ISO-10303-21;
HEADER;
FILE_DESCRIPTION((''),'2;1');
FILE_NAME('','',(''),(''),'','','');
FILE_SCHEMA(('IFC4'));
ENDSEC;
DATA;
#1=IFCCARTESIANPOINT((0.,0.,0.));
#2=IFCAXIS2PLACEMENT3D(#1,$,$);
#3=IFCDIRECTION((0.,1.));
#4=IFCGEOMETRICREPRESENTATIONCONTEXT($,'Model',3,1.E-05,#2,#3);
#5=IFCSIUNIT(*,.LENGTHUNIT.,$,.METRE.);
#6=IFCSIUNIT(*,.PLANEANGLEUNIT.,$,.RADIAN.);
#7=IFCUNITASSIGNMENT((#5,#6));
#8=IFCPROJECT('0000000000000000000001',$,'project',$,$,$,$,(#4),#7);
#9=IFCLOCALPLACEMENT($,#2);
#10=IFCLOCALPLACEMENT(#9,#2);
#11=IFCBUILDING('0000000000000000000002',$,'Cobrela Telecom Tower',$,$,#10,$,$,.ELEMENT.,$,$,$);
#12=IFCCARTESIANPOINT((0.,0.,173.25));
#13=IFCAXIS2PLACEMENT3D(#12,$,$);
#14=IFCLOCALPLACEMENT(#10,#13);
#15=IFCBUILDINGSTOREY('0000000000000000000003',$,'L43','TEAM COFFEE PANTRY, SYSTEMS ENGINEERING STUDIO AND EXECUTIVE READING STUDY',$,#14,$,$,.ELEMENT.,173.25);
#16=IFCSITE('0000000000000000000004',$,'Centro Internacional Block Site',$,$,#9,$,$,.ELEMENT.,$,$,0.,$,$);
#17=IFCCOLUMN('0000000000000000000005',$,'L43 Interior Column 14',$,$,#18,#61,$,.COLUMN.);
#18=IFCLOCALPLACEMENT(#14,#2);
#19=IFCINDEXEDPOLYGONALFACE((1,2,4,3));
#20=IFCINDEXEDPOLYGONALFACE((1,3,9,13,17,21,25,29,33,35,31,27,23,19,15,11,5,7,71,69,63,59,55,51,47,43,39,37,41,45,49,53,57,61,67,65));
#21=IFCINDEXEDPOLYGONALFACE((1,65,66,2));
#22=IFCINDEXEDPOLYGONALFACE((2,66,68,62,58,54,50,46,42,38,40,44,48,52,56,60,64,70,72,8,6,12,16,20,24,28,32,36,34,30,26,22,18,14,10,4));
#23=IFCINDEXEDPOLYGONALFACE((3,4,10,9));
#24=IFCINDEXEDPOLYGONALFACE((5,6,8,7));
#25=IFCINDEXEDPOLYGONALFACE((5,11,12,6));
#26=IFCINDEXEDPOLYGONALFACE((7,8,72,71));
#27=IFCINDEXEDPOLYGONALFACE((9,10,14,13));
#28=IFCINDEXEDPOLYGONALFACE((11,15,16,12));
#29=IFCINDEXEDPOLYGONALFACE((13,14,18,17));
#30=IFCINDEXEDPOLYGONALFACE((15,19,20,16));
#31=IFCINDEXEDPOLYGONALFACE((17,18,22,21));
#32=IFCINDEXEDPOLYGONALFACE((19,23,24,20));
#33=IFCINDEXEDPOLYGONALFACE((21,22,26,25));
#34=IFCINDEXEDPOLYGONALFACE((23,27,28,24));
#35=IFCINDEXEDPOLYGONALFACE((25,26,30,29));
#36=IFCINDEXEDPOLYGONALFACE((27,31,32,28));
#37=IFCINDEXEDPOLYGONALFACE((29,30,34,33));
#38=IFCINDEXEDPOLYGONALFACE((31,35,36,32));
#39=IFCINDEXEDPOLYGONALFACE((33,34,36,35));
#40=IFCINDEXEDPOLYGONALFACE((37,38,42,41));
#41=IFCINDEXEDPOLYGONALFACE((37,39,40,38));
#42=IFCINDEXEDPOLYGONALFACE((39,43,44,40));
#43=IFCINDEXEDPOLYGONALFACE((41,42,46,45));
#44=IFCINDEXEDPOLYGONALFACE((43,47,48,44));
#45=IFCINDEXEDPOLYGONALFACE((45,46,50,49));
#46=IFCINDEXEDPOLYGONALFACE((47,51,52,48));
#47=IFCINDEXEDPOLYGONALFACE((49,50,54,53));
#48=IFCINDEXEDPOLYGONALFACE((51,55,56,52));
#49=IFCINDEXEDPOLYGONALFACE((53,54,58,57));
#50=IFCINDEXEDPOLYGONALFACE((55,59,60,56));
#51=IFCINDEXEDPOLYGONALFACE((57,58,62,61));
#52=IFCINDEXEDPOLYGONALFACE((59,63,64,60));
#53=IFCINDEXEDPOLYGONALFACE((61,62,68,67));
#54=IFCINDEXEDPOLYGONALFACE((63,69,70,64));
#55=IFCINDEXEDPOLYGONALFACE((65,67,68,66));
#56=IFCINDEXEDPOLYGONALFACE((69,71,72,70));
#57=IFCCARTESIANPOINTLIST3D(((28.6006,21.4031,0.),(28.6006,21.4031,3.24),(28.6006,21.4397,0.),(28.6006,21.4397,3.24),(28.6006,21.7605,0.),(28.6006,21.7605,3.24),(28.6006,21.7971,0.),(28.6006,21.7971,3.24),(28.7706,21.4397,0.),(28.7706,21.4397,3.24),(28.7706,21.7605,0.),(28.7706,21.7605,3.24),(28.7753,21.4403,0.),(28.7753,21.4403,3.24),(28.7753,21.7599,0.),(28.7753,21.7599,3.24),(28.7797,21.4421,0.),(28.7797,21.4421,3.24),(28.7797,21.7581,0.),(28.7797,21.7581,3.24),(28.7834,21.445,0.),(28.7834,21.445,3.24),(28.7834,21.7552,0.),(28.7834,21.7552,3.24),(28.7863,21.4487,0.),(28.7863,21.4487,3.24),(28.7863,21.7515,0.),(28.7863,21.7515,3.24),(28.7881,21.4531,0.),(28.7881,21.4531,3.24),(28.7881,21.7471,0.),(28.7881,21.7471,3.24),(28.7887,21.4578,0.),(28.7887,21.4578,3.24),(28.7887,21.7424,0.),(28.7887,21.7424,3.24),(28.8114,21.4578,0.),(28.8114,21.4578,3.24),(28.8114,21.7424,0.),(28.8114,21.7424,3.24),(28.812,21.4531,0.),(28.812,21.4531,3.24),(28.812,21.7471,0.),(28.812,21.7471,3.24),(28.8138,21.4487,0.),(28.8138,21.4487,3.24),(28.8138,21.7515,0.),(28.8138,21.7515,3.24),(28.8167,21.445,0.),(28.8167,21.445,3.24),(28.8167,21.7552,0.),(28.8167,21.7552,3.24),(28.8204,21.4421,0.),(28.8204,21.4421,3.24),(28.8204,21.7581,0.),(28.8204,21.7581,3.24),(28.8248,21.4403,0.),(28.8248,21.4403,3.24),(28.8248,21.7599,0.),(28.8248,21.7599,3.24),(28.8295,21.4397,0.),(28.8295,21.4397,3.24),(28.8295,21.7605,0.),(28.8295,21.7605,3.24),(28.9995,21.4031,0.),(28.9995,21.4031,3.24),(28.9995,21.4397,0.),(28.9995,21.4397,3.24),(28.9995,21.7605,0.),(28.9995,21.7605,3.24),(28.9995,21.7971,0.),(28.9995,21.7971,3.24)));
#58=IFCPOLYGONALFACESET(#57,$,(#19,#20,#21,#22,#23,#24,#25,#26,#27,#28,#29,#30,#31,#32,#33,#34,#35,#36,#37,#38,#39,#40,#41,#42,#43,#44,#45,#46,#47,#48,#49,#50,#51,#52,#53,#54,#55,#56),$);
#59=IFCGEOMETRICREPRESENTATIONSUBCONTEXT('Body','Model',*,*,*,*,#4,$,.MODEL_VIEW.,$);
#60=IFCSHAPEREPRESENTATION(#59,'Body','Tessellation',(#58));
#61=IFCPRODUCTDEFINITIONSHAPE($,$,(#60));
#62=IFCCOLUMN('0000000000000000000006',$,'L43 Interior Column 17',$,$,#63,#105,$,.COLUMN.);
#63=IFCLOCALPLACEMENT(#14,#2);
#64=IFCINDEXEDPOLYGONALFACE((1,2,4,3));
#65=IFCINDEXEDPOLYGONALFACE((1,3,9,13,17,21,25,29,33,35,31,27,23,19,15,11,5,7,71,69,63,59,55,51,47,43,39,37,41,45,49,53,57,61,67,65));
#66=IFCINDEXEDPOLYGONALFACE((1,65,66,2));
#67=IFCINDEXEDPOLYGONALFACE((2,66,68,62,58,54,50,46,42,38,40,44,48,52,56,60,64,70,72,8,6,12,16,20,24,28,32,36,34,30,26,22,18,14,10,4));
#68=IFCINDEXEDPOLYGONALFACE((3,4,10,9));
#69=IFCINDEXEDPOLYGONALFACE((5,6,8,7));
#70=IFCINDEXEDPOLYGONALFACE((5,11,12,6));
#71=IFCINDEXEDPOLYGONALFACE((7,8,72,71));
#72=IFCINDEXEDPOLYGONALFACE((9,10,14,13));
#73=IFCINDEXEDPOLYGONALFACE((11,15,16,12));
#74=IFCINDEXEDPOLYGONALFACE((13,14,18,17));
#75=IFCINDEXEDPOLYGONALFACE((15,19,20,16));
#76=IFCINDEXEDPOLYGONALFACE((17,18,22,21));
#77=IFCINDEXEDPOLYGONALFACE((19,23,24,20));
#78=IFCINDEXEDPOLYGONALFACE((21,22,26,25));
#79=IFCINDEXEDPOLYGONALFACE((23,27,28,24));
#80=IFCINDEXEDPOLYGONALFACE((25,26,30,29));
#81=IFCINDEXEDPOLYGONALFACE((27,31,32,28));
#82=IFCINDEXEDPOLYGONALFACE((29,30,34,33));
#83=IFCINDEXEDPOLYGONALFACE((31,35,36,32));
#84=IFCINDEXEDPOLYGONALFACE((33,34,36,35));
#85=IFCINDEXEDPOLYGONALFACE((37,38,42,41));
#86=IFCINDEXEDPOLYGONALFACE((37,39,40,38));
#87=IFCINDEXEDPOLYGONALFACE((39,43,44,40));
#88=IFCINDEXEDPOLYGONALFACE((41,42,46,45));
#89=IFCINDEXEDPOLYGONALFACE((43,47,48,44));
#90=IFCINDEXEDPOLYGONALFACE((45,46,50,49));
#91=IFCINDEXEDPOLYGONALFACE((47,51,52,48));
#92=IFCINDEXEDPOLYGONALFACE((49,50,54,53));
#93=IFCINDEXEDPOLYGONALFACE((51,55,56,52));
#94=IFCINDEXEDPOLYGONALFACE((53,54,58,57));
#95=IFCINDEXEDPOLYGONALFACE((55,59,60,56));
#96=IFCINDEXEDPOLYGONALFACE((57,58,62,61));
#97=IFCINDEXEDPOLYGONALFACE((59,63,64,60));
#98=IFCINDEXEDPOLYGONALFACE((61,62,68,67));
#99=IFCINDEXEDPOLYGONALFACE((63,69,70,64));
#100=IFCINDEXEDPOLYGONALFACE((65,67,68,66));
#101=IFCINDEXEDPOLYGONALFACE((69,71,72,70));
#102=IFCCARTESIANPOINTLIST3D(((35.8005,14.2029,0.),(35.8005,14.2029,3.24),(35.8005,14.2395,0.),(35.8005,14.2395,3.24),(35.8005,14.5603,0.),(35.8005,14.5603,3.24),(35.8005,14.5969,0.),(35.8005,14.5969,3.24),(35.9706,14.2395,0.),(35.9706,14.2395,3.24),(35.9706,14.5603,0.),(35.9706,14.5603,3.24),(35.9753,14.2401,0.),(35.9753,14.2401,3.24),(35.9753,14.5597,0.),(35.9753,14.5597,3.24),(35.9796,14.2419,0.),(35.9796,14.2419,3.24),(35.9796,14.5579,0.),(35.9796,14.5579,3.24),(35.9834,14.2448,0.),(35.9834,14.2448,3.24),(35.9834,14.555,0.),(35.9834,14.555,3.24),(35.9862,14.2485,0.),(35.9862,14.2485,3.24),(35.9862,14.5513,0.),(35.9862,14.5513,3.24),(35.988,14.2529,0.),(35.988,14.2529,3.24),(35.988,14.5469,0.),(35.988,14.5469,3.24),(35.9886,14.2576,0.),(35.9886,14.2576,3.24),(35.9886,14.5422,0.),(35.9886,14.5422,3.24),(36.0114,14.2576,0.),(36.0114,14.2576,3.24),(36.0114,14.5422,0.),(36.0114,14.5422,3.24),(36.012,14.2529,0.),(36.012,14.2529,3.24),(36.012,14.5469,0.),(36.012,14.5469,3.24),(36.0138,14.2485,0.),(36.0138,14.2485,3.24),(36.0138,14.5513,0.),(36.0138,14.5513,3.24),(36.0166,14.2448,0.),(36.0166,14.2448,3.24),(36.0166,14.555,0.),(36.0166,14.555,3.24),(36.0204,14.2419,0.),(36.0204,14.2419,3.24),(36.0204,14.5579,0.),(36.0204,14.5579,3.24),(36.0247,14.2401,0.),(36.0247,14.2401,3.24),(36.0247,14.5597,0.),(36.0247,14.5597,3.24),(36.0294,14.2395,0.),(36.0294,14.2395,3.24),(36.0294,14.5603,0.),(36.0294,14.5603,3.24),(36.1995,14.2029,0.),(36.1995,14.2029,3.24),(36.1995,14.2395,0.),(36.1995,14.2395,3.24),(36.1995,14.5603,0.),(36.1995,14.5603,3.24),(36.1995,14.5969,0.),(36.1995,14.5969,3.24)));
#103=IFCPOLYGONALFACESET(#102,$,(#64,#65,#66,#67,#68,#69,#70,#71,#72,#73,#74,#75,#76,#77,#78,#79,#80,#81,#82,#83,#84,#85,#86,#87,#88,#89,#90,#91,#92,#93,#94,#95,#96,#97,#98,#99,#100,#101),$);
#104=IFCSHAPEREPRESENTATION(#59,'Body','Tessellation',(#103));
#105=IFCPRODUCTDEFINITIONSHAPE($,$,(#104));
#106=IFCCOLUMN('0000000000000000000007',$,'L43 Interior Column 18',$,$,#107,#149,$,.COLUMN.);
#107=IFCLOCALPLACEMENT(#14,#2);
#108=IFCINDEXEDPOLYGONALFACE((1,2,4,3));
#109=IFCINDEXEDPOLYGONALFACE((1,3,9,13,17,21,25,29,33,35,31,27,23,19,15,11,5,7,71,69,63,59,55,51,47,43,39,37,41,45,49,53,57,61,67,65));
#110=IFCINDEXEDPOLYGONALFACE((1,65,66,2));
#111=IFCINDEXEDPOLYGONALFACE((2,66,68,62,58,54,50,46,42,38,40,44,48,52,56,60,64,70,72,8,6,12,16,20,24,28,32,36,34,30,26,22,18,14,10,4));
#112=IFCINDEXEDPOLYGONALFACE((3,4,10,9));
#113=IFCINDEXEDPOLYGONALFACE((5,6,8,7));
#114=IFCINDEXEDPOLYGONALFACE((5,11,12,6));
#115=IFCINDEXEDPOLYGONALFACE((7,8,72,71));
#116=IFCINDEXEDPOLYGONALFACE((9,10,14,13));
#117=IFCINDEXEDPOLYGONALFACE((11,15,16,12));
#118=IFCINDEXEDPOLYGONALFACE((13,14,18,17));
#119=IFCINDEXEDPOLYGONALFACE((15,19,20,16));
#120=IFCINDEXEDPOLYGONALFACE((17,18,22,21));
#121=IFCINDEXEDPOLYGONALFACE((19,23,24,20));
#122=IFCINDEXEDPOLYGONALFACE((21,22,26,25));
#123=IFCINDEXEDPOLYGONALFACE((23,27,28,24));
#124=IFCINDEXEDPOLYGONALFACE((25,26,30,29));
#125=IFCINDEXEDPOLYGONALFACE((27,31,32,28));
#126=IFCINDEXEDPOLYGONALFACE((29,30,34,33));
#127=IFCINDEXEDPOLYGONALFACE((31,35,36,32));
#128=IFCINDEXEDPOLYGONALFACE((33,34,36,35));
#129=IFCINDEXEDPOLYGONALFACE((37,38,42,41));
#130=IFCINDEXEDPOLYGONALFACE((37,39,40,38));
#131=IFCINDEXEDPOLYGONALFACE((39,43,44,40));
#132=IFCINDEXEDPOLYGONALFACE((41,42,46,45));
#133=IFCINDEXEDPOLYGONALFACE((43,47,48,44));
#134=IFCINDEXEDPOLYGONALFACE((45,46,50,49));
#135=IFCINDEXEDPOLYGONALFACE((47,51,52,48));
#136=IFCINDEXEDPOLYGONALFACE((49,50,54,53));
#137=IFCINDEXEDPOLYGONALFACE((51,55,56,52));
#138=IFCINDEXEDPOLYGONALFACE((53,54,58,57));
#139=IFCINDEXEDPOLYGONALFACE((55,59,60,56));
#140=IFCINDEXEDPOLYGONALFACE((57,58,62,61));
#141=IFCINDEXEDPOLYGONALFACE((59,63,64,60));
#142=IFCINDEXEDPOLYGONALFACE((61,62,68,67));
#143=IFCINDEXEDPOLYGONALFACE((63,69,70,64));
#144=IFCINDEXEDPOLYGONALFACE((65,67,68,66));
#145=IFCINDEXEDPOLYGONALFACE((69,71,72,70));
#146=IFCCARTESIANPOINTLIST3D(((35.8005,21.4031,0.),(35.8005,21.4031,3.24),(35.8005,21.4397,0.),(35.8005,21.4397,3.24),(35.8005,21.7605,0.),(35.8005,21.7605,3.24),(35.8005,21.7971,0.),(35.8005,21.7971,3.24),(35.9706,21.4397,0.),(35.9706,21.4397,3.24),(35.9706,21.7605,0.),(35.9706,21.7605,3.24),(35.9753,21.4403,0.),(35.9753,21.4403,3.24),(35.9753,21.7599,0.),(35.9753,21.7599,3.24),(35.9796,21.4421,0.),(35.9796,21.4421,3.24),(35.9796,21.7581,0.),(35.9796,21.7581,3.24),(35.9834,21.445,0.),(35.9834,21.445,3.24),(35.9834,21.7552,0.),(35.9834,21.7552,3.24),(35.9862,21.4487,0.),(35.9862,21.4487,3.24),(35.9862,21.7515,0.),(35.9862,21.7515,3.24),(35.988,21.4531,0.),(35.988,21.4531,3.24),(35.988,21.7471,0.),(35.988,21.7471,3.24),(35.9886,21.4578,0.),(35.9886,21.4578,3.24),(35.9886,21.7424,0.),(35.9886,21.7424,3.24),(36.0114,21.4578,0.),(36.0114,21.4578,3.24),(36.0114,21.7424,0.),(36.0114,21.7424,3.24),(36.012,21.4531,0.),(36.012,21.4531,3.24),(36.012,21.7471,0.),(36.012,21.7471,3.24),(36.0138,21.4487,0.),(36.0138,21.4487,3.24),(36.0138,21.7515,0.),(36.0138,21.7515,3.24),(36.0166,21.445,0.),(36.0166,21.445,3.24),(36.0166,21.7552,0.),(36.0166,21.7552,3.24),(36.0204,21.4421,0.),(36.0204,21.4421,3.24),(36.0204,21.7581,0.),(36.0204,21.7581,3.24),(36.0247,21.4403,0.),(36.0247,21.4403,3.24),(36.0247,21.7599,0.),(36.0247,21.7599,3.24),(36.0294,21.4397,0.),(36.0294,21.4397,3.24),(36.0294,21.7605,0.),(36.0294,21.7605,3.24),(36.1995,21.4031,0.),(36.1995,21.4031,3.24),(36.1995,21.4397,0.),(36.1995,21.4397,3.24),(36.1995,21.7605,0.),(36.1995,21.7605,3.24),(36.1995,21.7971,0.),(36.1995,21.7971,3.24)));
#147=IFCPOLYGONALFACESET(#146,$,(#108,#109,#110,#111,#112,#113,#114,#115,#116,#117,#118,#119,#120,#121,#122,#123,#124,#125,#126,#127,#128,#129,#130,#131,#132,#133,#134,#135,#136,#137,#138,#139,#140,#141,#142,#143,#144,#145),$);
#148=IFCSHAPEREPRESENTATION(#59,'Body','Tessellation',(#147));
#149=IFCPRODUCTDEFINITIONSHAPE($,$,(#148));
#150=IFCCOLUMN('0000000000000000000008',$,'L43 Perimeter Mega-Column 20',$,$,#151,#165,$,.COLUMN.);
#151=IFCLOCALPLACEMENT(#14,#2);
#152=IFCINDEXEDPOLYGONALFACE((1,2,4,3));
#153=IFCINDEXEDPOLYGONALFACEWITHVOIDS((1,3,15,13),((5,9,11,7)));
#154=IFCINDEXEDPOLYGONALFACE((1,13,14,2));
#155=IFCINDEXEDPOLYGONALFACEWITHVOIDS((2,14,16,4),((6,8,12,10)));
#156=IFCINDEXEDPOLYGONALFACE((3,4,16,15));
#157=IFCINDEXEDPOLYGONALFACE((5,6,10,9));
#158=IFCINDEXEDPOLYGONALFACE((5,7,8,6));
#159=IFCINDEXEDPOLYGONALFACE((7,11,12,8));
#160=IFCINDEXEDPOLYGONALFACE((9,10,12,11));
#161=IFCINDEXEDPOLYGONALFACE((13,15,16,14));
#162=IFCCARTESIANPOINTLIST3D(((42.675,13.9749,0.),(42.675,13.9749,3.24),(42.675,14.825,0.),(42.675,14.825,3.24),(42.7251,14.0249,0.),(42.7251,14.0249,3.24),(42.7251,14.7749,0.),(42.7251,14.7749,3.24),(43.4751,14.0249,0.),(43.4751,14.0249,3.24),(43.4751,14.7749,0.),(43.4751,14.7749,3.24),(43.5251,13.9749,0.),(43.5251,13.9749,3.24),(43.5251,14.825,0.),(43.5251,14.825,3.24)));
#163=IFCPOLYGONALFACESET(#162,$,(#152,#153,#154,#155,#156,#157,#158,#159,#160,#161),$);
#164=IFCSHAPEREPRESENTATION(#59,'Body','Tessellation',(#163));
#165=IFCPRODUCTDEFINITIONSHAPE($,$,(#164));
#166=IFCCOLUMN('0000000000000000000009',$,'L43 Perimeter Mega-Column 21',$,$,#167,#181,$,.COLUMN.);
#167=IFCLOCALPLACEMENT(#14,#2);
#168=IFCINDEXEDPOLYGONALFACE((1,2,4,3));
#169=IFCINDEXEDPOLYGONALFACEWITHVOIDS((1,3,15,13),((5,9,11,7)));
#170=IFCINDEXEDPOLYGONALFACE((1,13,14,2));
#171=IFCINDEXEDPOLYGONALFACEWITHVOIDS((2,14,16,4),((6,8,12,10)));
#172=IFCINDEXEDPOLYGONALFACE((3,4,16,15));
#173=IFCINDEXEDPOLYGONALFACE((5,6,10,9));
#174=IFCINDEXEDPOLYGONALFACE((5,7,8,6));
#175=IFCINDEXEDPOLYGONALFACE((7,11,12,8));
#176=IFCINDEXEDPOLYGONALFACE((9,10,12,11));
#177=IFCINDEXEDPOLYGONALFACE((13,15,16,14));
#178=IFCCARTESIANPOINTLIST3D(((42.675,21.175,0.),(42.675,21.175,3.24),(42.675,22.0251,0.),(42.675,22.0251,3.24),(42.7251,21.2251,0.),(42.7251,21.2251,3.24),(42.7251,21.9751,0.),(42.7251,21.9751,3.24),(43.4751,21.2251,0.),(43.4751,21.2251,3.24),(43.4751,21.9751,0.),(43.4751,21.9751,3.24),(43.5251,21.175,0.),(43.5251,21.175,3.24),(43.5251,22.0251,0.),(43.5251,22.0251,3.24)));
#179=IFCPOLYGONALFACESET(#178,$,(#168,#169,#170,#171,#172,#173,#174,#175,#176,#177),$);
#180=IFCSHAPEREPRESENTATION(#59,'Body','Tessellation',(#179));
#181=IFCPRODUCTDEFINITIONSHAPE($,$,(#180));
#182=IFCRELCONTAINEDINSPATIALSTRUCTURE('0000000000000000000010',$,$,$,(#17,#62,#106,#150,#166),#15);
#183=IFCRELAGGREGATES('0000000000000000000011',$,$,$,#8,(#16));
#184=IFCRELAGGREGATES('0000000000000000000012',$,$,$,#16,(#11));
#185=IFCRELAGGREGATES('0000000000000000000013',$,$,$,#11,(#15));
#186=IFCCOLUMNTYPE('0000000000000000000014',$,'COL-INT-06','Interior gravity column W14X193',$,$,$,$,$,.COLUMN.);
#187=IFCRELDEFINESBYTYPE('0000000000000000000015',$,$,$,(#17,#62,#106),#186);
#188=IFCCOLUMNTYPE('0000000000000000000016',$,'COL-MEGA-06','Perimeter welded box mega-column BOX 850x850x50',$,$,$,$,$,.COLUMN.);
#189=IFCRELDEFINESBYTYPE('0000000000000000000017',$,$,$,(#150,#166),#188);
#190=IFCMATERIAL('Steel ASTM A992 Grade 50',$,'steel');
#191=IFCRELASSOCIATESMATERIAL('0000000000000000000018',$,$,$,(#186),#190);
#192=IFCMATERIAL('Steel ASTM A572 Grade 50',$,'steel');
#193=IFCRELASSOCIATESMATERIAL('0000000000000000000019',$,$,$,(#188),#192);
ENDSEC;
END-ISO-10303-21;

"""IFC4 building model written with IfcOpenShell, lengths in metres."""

from ifc_helpers import new_model, si_unit, direction, frame, origin, origin_2d, place, context, subcontext, project, spatial, hollow_rectangle, i_section, extrude, material, material_profile, profile_set, type_object, element, save


model = new_model("IFC4")

# Units and contexts
model_context = context("Model", 3, precision=1e-05, world=origin(), true_north=direction((0.0, 1.0)))
body_context = subcontext(model_context, "Body", "Model", "MODEL_VIEW")
ifc_project = project(units=[si_unit("LENGTHUNIT", "METRE"), si_unit("PLANEANGLEUNIT", "RADIAN")], contexts=[model_context])

# Site, building, storey
site_placement = place(None, origin())
site = spatial("IfcSite", under=ifc_project, at=site_placement, Name="Centro Internacional Block Site", CompositionType="ELEMENT", RefElevation=0.0)
building_placement = place(site_placement, origin())
building = spatial("IfcBuilding", under=site, at=building_placement, Name="Cobrela Telecom Tower", CompositionType="ELEMENT")
storey_placement = place(building_placement, frame((0.0, 0.0, 173.25)))
storey = spatial("IfcBuildingStorey", under=building, at=storey_placement, Name="L43", Description="TEAM COFFEE PANTRY, SYSTEMS ENGINEERING STUDIO AND EXECUTIVE READING STUDY", CompositionType="ELEMENT", Elevation=173.25)

# Columns
ifc_material_1 = material(Name="Steel ASTM A992 Grade 50", Category="steel")
ifc_material_profile_1 = material_profile(ifc_material_1, i_section(OverallWidth=0.3989, OverallDepth=0.394, WebThickness=0.0227, FlangeThickness=0.0366, FilletRadius=0.0181, at=origin_2d()), Name="W14X193")
ifc_profile_set_1 = profile_set([ifc_material_profile_1], Name="Steel ASTM A992 Grade 50")
column_type_1 = type_object("IfcColumnType", Name="COL-INT-06", Description="Interior gravity column W14X193", PredefinedType="COLUMN", material=ifc_profile_set_1)
for number, where, z_axis, x_axis, name in (
    (1, (28.8, 21.6001, 0.0), (0.0, 0.0, 1.0), (1.0, 0.0, 0.0), "L43 Interior Column 14"),
    (2, (36.0, 14.3999, 0.0), (0.0, 0.0, 1.0), (1.0, 0.0, 0.0), "L43 Interior Column 17"),
    (3, (36.0, 21.6001, 0.0), (0.0, 0.0, 1.0), (1.0, 0.0, 0.0), "L43 Interior Column 18"),
):
    element("IfcColumn", number, at=place(storey_placement, frame(where, z_axis=z_axis, x_axis=x_axis)), inside=storey, type_object=column_type_1, Name=name, PredefinedType="COLUMN", context=body_context, shape_type="SweptSolid", body=[
        extrude(i_section(OverallWidth=0.3989, OverallDepth=0.394, WebThickness=0.0227, FlangeThickness=0.0366, FilletRadius=0.0181, at=origin_2d()), origin(), (0.0, 0.0, 1.0), 3.24),
    ])
ifc_material_2 = material(Name="Steel ASTM A572 Grade 50", Category="steel")
ifc_material_profile_2 = material_profile(ifc_material_2, hollow_rectangle(XDim=0.8501, YDim=0.8501, WallThickness=0.05, at=origin_2d()), Name="BOX 850x850x50")
ifc_profile_set_2 = profile_set([ifc_material_profile_2], Name="Steel ASTM A572 Grade 50")
column_type_2 = type_object("IfcColumnType", Name="COL-MEGA-06", Description="Perimeter welded box mega-column BOX 850x850x50", PredefinedType="COLUMN", material=ifc_profile_set_2)
for number, where, z_axis, x_axis, name in (
    (4, (43.1001, 14.3999, 0.0), (0.0, 0.0, 1.0), (1.0, 0.0, 0.0), "L43 Perimeter Mega-Column 20"),
    (5, (43.1001, 21.6001, 0.0), (0.0, 0.0, 1.0), (1.0, 0.0, 0.0), "L43 Perimeter Mega-Column 21"),
):
    element("IfcColumn", number, at=place(storey_placement, frame(where, z_axis=z_axis, x_axis=x_axis)), inside=storey, type_object=column_type_2, Name=name, PredefinedType="COLUMN", context=body_context, shape_type="SweptSolid", body=[
        extrude(hollow_rectangle(XDim=0.8501, YDim=0.8501, WallThickness=0.05, at=origin_2d()), origin(), (0.0, 0.0, 1.0), 3.24),
    ])

save(model, "model.ifc")
